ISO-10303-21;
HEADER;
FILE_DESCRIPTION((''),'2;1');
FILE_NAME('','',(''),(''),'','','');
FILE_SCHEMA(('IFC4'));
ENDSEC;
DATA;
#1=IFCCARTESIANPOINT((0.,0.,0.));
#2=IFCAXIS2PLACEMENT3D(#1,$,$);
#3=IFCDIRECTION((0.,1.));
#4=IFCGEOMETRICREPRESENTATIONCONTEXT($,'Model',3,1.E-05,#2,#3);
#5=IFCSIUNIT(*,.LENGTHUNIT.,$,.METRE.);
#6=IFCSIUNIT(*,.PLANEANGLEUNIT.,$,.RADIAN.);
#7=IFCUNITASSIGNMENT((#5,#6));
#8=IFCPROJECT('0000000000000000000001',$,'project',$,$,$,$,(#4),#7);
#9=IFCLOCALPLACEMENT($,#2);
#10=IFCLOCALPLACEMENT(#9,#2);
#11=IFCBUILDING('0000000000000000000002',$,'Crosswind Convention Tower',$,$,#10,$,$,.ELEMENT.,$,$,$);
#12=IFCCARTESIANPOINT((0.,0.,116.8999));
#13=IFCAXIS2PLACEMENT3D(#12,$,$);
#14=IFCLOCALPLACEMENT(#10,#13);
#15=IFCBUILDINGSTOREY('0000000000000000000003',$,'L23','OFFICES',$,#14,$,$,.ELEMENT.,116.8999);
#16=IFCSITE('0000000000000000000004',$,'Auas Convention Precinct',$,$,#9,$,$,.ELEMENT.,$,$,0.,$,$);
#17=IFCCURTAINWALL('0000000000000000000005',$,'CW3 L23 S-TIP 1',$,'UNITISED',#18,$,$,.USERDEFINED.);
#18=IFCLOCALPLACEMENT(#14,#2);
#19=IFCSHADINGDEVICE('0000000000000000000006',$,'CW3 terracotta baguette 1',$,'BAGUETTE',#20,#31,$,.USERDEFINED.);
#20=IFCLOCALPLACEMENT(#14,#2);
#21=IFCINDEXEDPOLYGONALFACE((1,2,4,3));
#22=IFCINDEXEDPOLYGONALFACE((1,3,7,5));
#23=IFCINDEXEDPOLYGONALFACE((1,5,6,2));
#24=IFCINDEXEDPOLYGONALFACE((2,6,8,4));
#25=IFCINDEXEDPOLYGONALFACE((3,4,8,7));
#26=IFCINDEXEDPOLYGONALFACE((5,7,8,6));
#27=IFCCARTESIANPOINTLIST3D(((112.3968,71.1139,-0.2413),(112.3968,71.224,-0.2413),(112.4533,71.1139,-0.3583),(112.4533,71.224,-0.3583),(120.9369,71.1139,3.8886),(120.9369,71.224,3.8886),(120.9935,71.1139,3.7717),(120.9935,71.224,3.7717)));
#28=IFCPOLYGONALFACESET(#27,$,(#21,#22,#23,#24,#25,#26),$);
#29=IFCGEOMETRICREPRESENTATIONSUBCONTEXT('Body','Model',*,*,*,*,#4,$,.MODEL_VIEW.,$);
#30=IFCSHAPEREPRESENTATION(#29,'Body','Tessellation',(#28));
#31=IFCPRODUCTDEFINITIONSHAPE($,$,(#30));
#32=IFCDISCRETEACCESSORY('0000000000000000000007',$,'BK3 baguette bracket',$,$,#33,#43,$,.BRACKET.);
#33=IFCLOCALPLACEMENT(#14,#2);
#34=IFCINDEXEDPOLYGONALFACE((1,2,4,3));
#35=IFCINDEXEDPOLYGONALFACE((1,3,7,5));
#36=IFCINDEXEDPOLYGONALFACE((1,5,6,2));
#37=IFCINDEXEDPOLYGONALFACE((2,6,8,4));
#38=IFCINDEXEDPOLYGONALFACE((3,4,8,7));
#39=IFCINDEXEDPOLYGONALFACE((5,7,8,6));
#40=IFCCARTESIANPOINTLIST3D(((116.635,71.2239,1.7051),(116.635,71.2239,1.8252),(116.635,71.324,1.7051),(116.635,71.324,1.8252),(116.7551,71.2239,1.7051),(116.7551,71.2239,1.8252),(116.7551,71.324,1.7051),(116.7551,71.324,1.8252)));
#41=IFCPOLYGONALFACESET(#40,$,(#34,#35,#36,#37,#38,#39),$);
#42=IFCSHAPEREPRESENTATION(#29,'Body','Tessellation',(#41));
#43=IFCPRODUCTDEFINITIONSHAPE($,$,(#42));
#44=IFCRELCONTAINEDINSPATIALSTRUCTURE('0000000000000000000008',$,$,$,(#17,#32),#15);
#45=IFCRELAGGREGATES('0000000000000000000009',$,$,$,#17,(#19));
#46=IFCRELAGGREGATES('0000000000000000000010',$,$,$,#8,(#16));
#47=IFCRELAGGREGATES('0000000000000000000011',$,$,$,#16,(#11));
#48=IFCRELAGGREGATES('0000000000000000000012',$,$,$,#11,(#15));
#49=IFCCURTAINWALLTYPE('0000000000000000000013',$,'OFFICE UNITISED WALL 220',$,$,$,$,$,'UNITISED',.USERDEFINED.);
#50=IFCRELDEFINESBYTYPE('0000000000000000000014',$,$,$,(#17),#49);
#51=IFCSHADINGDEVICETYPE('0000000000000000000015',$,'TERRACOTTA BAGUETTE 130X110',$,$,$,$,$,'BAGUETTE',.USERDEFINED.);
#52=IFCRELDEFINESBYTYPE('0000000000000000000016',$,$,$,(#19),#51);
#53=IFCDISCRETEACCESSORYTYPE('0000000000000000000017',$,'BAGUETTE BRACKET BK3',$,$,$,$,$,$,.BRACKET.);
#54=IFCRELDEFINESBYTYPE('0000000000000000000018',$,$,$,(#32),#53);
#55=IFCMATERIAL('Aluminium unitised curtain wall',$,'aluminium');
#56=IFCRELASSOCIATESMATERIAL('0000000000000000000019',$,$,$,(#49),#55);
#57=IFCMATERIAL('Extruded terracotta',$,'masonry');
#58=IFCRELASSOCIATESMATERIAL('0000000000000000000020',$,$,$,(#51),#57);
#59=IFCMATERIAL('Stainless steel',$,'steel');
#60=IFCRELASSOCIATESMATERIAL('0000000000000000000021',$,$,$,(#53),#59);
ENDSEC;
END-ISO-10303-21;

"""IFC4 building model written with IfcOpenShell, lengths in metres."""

from ifc_helpers import new_model, si_unit, direction, frame, origin, origin_2d, place, context, subcontext, project, spatial, rectangle, extrude, material, material_profile, profile_set, type_object, element, aggregate, save


model = new_model("IFC4")

# Units and contexts
model_context = context("Model", 3, precision=1e-05, world=origin(), true_north=direction((0.0, 1.0)))
body_context = subcontext(model_context, "Body", "Model", "MODEL_VIEW")
ifc_project = project(units=[si_unit("LENGTHUNIT", "METRE"), si_unit("PLANEANGLEUNIT", "RADIAN")], contexts=[model_context])

# Site, building, storey
site_placement = place(None, origin())
site = spatial("IfcSite", under=ifc_project, at=site_placement, Name="Auas Convention Precinct", CompositionType="ELEMENT", RefElevation=0.0)
building_placement = place(site_placement, origin())
building = spatial("IfcBuilding", under=site, at=building_placement, Name="Crosswind Convention Tower", CompositionType="ELEMENT")
storey_placement = place(building_placement, frame((0.0, 0.0, 116.8999)))
storey = spatial("IfcBuildingStorey", under=building, at=storey_placement, Name="L23", Description="OFFICES", CompositionType="ELEMENT", Elevation=116.8999)

# Curtain wall
ifc_material_1 = material(Name="Aluminium unitised curtain wall", Category="aluminium")
curtain_wall_type_1 = type_object("IfcCurtainWallType", Name="OFFICE UNITISED WALL 220", ElementType="UNITISED", PredefinedType="USERDEFINED", material=ifc_material_1)
curtain_wall_1_placement = place(storey_placement, origin())
curtain_wall_1 = element("IfcCurtainWall", 1, at=curtain_wall_1_placement, inside=storey, type_object=curtain_wall_type_1, Name="CW3 L23 S-TIP 1", ObjectType="UNITISED", PredefinedType="USERDEFINED")

# Shading device
ifc_material_2 = material(Name="Extruded terracotta", Category="masonry")
ifc_material_profile_1 = material_profile(ifc_material_2, rectangle(XDim=0.1101, YDim=0.1299, at=origin_2d()), Name="TC 110X130")
ifc_profile_set_1 = profile_set([ifc_material_profile_1], Name="Extruded terracotta")
shading_device_type = type_object("IfcShadingDeviceType", Name="TERRACOTTA BAGUETTE 130X110", ElementType="BAGUETTE", PredefinedType="USERDEFINED", material=ifc_profile_set_1)
shading_device_placement = place(storey_placement, frame((112.425, 71.1689, -0.2998), z_axis=(0.900258, 0.0, 0.435356), x_axis=(0.0, 1.0, 0.0)))
shading_device = element("IfcShadingDevice", 2, at=shading_device_placement, type_object=shading_device_type, Name="CW3 terracotta baguette 1", ObjectType="BAGUETTE", PredefinedType="USERDEFINED", context=body_context, shape_type="SweptSolid", body=[
    extrude(rectangle(XDim=0.1101, YDim=0.1299, at=origin_2d()), origin(), (0.0, 0.0, 1.0), 9.4863),
])
aggregate(curtain_wall_1, [shading_device])

# Discrete accessory
ifc_material_3 = material(Name="Stainless steel", Category="steel")
discrete_accessory_type = type_object("IfcDiscreteAccessoryType", Name="BAGUETTE BRACKET BK3", PredefinedType="BRACKET", material=ifc_material_3)
discrete_accessory_placement = place(storey_placement, frame((116.6951, 71.2739, 1.7051), z_axis=(0.0, 0.0, 1.0), x_axis=(1.0, 0.0, 0.0)))
element("IfcDiscreteAccessory", 3, at=discrete_accessory_placement, inside=storey, type_object=discrete_accessory_type, Name="BK3 baguette bracket", PredefinedType="BRACKET", context=body_context, shape_type="SweptSolid", body=[
    extrude(rectangle(XDim=0.1201, YDim=0.1001, at=origin_2d()), origin(), (0.0, 0.0, 1.0), 0.1201),
])

save(model, "model.ifc")
